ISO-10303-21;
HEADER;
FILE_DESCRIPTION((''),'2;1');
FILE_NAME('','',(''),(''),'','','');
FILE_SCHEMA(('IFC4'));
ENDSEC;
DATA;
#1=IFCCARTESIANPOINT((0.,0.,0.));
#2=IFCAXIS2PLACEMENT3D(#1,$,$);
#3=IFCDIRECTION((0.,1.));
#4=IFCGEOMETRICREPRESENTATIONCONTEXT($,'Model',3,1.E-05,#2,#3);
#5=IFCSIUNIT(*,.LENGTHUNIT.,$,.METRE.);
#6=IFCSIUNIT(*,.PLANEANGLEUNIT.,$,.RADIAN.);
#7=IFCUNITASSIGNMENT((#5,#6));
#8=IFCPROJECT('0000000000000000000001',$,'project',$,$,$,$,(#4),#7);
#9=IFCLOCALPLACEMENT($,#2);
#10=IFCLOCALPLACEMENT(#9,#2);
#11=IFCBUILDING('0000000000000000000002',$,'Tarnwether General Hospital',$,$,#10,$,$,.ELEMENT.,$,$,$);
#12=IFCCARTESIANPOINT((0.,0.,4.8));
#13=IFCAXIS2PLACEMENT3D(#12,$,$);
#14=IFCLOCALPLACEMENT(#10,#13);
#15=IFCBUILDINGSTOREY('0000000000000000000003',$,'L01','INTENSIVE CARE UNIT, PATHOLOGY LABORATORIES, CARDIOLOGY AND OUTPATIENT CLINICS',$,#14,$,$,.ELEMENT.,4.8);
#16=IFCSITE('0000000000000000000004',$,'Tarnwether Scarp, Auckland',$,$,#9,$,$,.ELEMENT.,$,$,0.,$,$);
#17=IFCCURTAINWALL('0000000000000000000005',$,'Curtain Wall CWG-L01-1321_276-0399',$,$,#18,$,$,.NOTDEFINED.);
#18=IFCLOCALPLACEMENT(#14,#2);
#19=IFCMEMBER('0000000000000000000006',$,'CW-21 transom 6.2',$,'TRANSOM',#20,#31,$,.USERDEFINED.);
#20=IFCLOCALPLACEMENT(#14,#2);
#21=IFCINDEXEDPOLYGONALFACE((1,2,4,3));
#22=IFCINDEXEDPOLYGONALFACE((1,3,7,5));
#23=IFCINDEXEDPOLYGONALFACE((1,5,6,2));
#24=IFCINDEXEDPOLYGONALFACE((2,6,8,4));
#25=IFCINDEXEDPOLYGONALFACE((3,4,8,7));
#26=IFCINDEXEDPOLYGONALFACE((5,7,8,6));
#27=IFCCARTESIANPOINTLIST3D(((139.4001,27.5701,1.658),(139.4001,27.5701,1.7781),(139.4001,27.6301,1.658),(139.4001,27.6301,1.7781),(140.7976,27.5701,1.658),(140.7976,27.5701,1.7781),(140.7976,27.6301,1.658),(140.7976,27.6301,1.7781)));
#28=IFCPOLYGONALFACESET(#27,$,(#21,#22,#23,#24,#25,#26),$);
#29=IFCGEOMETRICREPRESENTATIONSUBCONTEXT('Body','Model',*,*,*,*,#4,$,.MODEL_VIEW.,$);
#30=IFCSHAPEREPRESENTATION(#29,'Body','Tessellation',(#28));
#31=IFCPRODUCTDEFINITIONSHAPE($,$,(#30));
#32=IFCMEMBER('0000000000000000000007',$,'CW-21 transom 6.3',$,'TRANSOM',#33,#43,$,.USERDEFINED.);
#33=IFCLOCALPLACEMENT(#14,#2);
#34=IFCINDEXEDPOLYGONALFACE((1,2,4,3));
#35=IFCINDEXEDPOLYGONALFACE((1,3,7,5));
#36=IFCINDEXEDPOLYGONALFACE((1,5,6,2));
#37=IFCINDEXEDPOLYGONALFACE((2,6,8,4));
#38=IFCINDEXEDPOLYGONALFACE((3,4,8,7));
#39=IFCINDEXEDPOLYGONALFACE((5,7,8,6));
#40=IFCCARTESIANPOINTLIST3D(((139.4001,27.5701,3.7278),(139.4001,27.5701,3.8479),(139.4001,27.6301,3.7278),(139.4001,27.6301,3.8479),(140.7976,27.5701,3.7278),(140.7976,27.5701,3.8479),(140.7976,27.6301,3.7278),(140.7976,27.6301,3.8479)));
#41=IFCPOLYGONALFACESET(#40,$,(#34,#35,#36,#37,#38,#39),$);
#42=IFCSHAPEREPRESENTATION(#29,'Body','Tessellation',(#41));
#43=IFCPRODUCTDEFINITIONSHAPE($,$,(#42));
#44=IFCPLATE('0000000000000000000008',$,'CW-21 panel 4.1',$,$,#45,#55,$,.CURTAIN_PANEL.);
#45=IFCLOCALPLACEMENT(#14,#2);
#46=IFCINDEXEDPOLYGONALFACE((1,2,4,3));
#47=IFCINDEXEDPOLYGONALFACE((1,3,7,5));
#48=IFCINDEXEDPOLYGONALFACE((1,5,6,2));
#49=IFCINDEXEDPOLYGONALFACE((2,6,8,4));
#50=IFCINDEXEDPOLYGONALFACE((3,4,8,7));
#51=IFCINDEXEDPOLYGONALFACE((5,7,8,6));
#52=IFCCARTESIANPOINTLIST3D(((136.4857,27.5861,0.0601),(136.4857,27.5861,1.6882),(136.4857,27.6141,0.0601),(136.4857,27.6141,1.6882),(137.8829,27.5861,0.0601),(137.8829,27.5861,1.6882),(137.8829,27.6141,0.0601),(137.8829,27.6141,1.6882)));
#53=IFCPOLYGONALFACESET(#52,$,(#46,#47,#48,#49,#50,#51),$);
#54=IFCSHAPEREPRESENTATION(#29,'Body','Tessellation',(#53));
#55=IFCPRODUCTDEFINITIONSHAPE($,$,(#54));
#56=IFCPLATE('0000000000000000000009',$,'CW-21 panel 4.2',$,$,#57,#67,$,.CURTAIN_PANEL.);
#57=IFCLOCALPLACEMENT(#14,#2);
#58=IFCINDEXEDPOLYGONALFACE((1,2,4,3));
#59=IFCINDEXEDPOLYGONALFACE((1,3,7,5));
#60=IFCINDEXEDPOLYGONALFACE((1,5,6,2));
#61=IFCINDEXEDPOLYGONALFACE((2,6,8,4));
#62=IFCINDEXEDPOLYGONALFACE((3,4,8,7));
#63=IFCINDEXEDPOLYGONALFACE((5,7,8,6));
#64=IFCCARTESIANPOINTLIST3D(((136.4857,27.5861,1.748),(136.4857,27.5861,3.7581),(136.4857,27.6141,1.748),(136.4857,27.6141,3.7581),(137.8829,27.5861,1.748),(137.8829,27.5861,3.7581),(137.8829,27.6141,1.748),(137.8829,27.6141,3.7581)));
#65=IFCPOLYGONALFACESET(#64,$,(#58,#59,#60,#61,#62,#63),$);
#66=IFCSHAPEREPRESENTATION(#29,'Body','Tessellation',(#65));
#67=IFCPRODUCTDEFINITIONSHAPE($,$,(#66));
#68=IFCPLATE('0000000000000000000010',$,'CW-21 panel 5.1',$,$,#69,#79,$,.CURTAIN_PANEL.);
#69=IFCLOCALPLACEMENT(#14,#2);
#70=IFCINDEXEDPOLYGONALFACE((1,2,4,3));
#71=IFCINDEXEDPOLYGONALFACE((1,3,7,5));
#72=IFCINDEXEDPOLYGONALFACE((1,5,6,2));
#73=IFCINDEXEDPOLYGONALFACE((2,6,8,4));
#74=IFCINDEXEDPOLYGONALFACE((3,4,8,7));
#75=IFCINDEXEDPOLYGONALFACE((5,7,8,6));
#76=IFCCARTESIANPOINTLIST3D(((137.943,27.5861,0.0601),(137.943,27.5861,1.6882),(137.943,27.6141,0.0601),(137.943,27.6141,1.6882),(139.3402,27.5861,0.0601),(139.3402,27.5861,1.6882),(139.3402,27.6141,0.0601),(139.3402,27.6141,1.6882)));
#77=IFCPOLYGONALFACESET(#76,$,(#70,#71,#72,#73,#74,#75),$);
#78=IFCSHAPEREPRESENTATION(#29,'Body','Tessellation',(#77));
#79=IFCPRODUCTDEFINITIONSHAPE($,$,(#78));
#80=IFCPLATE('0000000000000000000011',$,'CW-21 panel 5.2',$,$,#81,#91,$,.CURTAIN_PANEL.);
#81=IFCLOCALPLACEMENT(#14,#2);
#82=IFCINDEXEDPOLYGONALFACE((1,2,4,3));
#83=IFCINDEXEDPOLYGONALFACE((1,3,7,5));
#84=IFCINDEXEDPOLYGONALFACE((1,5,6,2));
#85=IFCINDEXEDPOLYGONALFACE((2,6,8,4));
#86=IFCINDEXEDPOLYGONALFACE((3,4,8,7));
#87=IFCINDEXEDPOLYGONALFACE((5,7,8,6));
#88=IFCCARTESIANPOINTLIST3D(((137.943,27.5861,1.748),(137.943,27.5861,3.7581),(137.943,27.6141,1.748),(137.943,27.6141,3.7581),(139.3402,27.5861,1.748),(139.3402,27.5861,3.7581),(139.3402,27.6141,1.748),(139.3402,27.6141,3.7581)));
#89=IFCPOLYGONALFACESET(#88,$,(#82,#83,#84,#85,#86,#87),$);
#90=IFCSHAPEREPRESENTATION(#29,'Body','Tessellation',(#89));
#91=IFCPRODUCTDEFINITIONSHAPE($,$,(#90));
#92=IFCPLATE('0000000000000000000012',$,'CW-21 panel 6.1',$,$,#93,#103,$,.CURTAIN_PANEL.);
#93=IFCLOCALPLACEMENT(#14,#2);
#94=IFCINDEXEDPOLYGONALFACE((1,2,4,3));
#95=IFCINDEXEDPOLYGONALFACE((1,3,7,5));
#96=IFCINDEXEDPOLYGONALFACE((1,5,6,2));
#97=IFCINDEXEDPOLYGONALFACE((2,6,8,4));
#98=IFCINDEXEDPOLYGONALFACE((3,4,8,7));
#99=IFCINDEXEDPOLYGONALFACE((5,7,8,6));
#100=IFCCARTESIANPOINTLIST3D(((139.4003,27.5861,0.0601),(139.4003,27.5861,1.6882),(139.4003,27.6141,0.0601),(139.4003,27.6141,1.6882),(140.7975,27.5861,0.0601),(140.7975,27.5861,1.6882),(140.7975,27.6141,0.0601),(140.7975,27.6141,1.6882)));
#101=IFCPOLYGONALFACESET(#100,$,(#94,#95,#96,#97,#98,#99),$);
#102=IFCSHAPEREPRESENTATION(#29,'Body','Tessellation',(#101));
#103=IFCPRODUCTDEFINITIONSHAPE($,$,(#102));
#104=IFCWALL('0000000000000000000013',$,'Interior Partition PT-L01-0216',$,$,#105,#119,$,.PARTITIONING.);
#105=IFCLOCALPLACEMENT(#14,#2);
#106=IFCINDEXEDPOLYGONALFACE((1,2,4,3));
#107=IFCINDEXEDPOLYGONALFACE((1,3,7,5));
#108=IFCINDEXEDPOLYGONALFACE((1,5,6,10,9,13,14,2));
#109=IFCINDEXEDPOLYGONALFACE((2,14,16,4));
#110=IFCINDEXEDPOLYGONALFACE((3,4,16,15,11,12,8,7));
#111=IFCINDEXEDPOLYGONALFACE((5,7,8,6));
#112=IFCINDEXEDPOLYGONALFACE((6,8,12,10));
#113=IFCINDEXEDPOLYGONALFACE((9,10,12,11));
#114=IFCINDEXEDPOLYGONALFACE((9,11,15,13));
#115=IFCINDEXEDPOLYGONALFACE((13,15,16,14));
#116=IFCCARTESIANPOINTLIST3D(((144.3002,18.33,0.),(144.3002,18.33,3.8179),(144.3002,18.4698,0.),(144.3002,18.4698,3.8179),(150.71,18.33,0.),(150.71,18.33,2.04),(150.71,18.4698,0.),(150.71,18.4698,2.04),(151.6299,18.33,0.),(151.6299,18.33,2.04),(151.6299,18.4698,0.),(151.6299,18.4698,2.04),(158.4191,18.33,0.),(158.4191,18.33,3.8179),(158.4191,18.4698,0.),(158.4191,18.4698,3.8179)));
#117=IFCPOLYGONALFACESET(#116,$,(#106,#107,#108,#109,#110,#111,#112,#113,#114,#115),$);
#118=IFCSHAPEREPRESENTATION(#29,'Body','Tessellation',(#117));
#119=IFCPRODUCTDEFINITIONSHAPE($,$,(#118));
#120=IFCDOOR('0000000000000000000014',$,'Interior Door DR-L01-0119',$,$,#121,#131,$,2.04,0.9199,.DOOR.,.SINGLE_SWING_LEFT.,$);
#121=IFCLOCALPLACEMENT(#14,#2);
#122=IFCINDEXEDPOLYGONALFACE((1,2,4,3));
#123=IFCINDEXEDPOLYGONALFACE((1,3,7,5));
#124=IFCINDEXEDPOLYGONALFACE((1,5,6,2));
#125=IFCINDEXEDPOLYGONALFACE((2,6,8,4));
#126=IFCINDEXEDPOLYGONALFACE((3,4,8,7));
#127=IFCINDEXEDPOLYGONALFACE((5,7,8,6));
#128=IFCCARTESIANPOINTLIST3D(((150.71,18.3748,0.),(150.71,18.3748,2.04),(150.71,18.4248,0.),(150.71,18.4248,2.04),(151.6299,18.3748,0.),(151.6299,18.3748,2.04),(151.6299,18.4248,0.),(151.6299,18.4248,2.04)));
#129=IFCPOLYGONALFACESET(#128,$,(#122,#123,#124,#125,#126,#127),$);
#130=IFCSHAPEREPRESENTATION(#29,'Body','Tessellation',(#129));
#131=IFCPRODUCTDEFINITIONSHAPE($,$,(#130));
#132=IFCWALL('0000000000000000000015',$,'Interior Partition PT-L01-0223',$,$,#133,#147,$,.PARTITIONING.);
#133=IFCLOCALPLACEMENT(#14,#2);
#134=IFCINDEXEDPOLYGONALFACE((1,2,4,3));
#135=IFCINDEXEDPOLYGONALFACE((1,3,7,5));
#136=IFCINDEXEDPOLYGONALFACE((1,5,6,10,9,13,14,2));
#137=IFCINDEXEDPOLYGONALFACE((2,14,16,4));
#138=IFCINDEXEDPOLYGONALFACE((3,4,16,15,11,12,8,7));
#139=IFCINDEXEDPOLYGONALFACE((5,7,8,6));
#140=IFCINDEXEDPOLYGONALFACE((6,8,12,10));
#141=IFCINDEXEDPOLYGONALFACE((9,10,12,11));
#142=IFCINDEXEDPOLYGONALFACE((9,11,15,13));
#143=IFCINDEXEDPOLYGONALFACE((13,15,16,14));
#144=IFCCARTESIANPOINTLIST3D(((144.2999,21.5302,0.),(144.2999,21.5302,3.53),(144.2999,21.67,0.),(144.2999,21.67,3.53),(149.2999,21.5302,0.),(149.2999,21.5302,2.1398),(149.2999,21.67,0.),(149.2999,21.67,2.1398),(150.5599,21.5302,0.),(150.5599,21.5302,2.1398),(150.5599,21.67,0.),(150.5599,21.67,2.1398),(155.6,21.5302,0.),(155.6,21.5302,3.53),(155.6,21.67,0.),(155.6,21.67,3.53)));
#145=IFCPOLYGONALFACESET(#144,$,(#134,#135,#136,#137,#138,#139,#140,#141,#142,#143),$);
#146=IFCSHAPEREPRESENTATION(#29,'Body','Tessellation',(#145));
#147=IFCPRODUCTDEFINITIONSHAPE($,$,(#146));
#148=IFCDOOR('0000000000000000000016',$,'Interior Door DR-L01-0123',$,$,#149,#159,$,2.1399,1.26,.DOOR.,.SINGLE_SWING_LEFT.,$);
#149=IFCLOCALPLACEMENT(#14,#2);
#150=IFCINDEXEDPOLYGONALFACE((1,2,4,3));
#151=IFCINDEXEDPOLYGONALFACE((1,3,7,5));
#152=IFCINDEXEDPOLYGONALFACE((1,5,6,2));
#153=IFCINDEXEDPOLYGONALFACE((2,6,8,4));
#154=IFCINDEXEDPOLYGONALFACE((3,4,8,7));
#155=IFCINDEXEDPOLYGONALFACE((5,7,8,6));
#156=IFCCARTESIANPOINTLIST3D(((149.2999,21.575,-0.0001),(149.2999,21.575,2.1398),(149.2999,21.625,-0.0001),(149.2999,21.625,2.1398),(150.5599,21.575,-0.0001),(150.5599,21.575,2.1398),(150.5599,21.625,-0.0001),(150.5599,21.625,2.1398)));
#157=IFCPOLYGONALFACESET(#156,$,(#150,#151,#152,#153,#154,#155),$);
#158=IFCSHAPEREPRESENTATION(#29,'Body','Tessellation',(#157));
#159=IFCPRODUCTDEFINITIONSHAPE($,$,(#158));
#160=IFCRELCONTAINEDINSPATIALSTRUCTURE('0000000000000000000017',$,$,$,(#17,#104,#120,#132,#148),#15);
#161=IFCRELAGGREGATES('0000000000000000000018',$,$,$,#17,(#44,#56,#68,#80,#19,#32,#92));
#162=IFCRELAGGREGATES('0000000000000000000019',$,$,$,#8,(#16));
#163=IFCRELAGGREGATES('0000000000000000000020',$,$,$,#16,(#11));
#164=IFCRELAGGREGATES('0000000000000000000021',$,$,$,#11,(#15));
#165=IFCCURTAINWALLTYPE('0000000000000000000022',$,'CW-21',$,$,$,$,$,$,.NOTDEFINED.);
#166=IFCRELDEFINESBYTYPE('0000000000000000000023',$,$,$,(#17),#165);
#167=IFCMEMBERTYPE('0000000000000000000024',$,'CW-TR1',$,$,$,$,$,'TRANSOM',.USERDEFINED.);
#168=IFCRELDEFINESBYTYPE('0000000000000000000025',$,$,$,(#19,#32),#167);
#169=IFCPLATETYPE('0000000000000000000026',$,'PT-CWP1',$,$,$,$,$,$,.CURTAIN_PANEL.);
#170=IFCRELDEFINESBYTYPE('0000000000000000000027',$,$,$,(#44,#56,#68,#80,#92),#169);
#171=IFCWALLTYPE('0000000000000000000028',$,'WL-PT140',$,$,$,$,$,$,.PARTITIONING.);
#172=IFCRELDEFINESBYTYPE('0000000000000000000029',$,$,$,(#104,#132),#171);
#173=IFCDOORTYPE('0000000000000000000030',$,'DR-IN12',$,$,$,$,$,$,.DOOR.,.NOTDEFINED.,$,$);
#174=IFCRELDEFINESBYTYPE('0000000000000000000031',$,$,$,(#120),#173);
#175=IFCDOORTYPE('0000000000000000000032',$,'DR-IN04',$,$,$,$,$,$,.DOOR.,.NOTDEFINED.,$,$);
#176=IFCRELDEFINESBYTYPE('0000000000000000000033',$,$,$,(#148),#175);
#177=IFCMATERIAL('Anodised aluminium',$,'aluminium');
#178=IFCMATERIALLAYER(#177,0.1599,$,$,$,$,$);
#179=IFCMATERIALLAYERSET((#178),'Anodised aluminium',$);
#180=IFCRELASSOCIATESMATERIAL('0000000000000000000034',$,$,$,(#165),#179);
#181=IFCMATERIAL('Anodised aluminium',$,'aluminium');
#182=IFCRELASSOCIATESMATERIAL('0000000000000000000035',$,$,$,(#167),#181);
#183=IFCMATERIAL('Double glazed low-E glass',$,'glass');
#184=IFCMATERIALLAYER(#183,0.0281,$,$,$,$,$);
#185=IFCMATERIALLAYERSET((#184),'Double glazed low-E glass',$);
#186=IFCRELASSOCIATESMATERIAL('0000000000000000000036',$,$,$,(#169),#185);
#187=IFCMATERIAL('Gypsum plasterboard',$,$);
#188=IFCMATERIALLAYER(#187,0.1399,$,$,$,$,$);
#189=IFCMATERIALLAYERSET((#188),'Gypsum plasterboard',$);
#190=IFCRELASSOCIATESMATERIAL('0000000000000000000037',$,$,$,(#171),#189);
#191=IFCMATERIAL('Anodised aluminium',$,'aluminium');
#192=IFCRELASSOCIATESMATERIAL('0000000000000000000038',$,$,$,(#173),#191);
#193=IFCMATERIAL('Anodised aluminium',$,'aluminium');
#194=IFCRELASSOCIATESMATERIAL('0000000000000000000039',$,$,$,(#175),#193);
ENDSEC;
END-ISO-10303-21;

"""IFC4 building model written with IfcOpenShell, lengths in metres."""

from ifc_helpers import new_model, si_unit, direction, frame, frame_2d, origin, origin_2d, place, context, subcontext, project, spatial, rectangle, extrude, material, layer, layer_set, material_profile, profile_set, type_object, element, fill, aggregate, save


model = new_model("IFC4")

# Units and contexts
model_context = context("Model", 3, precision=1e-05, world=origin(), true_north=direction((0.0, 1.0)))
body_context = subcontext(model_context, "Body", "Model", "MODEL_VIEW")
ifc_project = project(units=[si_unit("LENGTHUNIT", "METRE"), si_unit("PLANEANGLEUNIT", "RADIAN")], contexts=[model_context])

# Site, building, storey
site_placement = place(None, origin())
site = spatial("IfcSite", under=ifc_project, at=site_placement, Name="Tarnwether Scarp, Auckland", CompositionType="ELEMENT", RefElevation=0.0)
building_placement = place(site_placement, origin())
building = spatial("IfcBuilding", under=site, at=building_placement, Name="Tarnwether General Hospital", CompositionType="ELEMENT")
storey_placement = place(building_placement, frame((0.0, 0.0, 4.8)))
storey = spatial("IfcBuildingStorey", under=building, at=storey_placement, Name="L01", Description="INTENSIVE CARE UNIT, PATHOLOGY LABORATORIES, CARDIOLOGY AND OUTPATIENT CLINICS", CompositionType="ELEMENT", Elevation=4.8)

# Curtain wall, members, plates
ifc_material_1 = material(Name="Anodised aluminium", Category="aluminium")
ifc_layer_1 = layer(ifc_material_1, 0.1599)
ifc_layer_set_1 = layer_set([ifc_layer_1], Name="Anodised aluminium")
curtain_wall_type = type_object("IfcCurtainWallType", Name="CW-21", PredefinedType="NOTDEFINED", material=ifc_layer_set_1)
curtain_wall_placement = place(storey_placement, origin())
curtain_wall = element("IfcCurtainWall", 1, at=curtain_wall_placement, inside=storey, type_object=curtain_wall_type, Name="Curtain Wall CWG-L01-1321_276-0399", PredefinedType="NOTDEFINED")
ifc_material_2 = material(Name="Anodised aluminium", Category="aluminium")
ifc_material_profile_1 = material_profile(ifc_material_2, rectangle(XDim=0.0601, YDim=0.1201, at=origin_2d()), Name="ALU-TRN-60x120")
ifc_profile_set_1 = profile_set([ifc_material_profile_1], Name="Anodised aluminium")
member_type_1 = type_object("IfcMemberType", Name="CW-TR1", ElementType="TRANSOM", PredefinedType="USERDEFINED", material=ifc_profile_set_1)
member_1_placement = place(storey_placement, frame((139.4001, 27.6001, 1.718), z_axis=(1.0, 0.0, 0.0), x_axis=(0.0, 1.0, 0.0)))
member_1 = element("IfcMember", 2, at=member_1_placement, type_object=member_type_1, Name="CW-21 transom 6.2", ObjectType="TRANSOM", PredefinedType="USERDEFINED", context=body_context, shape_type="SweptSolid", body=[
    extrude(rectangle(XDim=0.0601, YDim=0.1201, at=origin_2d()), origin(), (0.0, 0.0, 1.0), 1.3975),
])
member_2_placement = place(storey_placement, frame((139.4001, 27.6001, 3.7878), z_axis=(1.0, 0.0, 0.0), x_axis=(0.0, 1.0, 0.0)))
member_2 = element("IfcMember", 3, at=member_2_placement, type_object=member_type_1, Name="CW-21 transom 6.3", ObjectType="TRANSOM", PredefinedType="USERDEFINED", context=body_context, shape_type="SweptSolid", body=[
    extrude(rectangle(XDim=0.0601, YDim=0.1201, at=origin_2d()), origin(), (0.0, 0.0, 1.0), 1.3975),
])
ifc_material_3 = material(Name="Double glazed low-E glass", Category="glass")
ifc_layer_2 = layer(ifc_material_3, 0.0281)
ifc_layer_set_2 = layer_set([ifc_layer_2], Name="Double glazed low-E glass")
plate_type = type_object("IfcPlateType", Name="PT-CWP1", PredefinedType="CURTAIN_PANEL", material=ifc_layer_set_2)
plate_1_placement = place(storey_placement, frame((137.1843, 27.6001, 0.0601), z_axis=(0.0, 0.0, 1.0), x_axis=(1.0, 0.0, 0.0)))
plate_1 = element("IfcPlate", 4, at=plate_1_placement, type_object=plate_type, Name="CW-21 panel 4.1", PredefinedType="CURTAIN_PANEL", context=body_context, shape_type="SweptSolid", body=[
    extrude(rectangle(XDim=1.3972, YDim=0.0281, at=origin_2d()), origin(), (0.0, 0.0, 1.0), 1.6282),
])
plate_2_placement = place(storey_placement, frame((137.1843, 27.6001, 1.748), z_axis=(0.0, 0.0, 1.0), x_axis=(1.0, 0.0, 0.0)))
plate_2 = element("IfcPlate", 5, at=plate_2_placement, type_object=plate_type, Name="CW-21 panel 4.2", PredefinedType="CURTAIN_PANEL", context=body_context, shape_type="SweptSolid", body=[
    extrude(rectangle(XDim=1.3972, YDim=0.0281, at=origin_2d()), origin(), (0.0, 0.0, 1.0), 2.01),
])
plate_3_placement = place(storey_placement, frame((138.6416, 27.6001, 0.0601), z_axis=(0.0, 0.0, 1.0), x_axis=(1.0, 0.0, 0.0)))
plate_3 = element("IfcPlate", 6, at=plate_3_placement, type_object=plate_type, Name="CW-21 panel 5.1", PredefinedType="CURTAIN_PANEL", context=body_context, shape_type="SweptSolid", body=[
    extrude(rectangle(XDim=1.3972, YDim=0.0281, at=origin_2d()), origin(), (0.0, 0.0, 1.0), 1.6282),
])
plate_4_placement = place(storey_placement, frame((138.6416, 27.6001, 1.748), z_axis=(0.0, 0.0, 1.0), x_axis=(1.0, 0.0, 0.0)))
plate_4 = element("IfcPlate", 7, at=plate_4_placement, type_object=plate_type, Name="CW-21 panel 5.2", PredefinedType="CURTAIN_PANEL", context=body_context, shape_type="SweptSolid", body=[
    extrude(rectangle(XDim=1.3972, YDim=0.0281, at=origin_2d()), origin(), (0.0, 0.0, 1.0), 2.01),
])
plate_5_placement = place(storey_placement, frame((140.0989, 27.6001, 0.0601), z_axis=(0.0, 0.0, 1.0), x_axis=(1.0, 0.0, 0.0)))
plate_5 = element("IfcPlate", 8, at=plate_5_placement, type_object=plate_type, Name="CW-21 panel 6.1", PredefinedType="CURTAIN_PANEL", context=body_context, shape_type="SweptSolid", body=[
    extrude(rectangle(XDim=1.3972, YDim=0.0281, at=origin_2d()), origin(), (0.0, 0.0, 1.0), 1.6282),
])
aggregate(curtain_wall, [plate_1, plate_2, plate_3, plate_4, member_1, member_2, plate_5])

# Walls, openings, doors
ifc_material_4 = material(Name="Gypsum plasterboard")
ifc_layer_3 = layer(ifc_material_4, 0.1399)
ifc_layer_set_3 = layer_set([ifc_layer_3], Name="Gypsum plasterboard")
wall_type = type_object("IfcWallType", Name="WL-PT140", PredefinedType="PARTITIONING", material=ifc_layer_set_3)
wall_1_placement = place(storey_placement, frame((144.3, 18.3999, 0.0), z_axis=(0.0, 0.0, 1.0), x_axis=(1.0, 0.0, 0.0)))
wall_1 = element("IfcWall", 9, at=wall_1_placement, inside=storey, type_object=wall_type, Name="Interior Partition PT-L01-0216", PredefinedType="PARTITIONING", context=body_context, shape_type="SweptSolid", body=[
    extrude(rectangle(XDim=14.1189, YDim=0.1399, at=frame_2d((7.0596, 0.0))), origin(), (0.0, 0.0, 1.0), 3.8179),
])
opening_1_placement = place(wall_1_placement, frame((6.4099, 0.0, 0.0)))
opening_1 = element("IfcOpeningElement", 10, at=opening_1_placement, cuts=wall_1, PredefinedType="OPENING", context=body_context, shape_type="SweptSolid", body=[
    extrude(rectangle(XDim=0.9199, YDim=2.04, at=frame_2d((0.46, 1.02))), frame((0.0, 0.0801, 0.0), z_axis=(0.0, -1.0, 0.0), x_axis=(1.0, 0.0, 0.0)), (0.0, 0.0, 1.0), 0.1599),
])
ifc_material_5 = material(Name="Anodised aluminium", Category="aluminium")
door_type_1 = type_object("IfcDoorType", Name="DR-IN12", OperationType="NOTDEFINED", PredefinedType="DOOR", material=ifc_material_5)
door_1_placement = place(opening_1_placement, origin())
door_1 = element("IfcDoor", 11, at=door_1_placement, inside=storey, type_object=door_type_1, Name="Interior Door DR-L01-0119", OperationType="SINGLE_SWING_LEFT", OverallHeight=2.04, OverallWidth=0.9199, PredefinedType="DOOR", context=body_context, shape_type="SweptSolid", body=[
    extrude(rectangle(XDim=0.9199, YDim=2.04, at=frame_2d((0.46, 1.02))), frame((0.0, 0.0249, 0.0), z_axis=(0.0, -1.0, 0.0), x_axis=(1.0, 0.0, 0.0)), (0.0, 0.0, 1.0), 0.05),
])
fill(opening_1, door_1)
wall_2_placement = place(storey_placement, frame((144.3, 21.6001, 0.0), z_axis=(0.0, 0.0, 1.0), x_axis=(1.0, 0.0, 0.0)))
wall_2 = element("IfcWall", 12, at=wall_2_placement, inside=storey, type_object=wall_type, Name="Interior Partition PT-L01-0223", PredefinedType="PARTITIONING", context=body_context, shape_type="SweptSolid", body=[
    extrude(rectangle(XDim=11.3, YDim=0.1399, at=frame_2d((5.6499, 0.0))), origin(), (0.0, 0.0, 1.0), 3.53),
])
opening_2_placement = place(wall_2_placement, frame((5.0, 0.0, 0.0)))
opening_2 = element("IfcOpeningElement", 13, at=opening_2_placement, cuts=wall_2, PredefinedType="OPENING", context=body_context, shape_type="SweptSolid", body=[
    extrude(rectangle(XDim=1.26, YDim=2.1399, at=frame_2d((0.6299, 1.0698))), frame((0.0, 0.0801, 0.0), z_axis=(0.0, -1.0, 0.0), x_axis=(1.0, 0.0, 0.0)), (0.0, 0.0, 1.0), 0.1599),
])
ifc_material_6 = material(Name="Anodised aluminium", Category="aluminium")
door_type_2 = type_object("IfcDoorType", Name="DR-IN04", OperationType="NOTDEFINED", PredefinedType="DOOR", material=ifc_material_6)
door_2_placement = place(opening_2_placement, origin())
door_2 = element("IfcDoor", 14, at=door_2_placement, inside=storey, type_object=door_type_2, Name="Interior Door DR-L01-0123", OperationType="SINGLE_SWING_LEFT", OverallHeight=2.1399, OverallWidth=1.26, PredefinedType="DOOR", context=body_context, shape_type="SweptSolid", body=[
    extrude(rectangle(XDim=1.26, YDim=2.1399, at=frame_2d((0.6299, 1.0698))), frame((0.0, 0.0249, 0.0), z_axis=(0.0, -1.0, 0.0), x_axis=(1.0, 0.0, 0.0)), (0.0, 0.0, 1.0), 0.05),
])
fill(opening_2, door_2)

save(model, "model.ifc")
